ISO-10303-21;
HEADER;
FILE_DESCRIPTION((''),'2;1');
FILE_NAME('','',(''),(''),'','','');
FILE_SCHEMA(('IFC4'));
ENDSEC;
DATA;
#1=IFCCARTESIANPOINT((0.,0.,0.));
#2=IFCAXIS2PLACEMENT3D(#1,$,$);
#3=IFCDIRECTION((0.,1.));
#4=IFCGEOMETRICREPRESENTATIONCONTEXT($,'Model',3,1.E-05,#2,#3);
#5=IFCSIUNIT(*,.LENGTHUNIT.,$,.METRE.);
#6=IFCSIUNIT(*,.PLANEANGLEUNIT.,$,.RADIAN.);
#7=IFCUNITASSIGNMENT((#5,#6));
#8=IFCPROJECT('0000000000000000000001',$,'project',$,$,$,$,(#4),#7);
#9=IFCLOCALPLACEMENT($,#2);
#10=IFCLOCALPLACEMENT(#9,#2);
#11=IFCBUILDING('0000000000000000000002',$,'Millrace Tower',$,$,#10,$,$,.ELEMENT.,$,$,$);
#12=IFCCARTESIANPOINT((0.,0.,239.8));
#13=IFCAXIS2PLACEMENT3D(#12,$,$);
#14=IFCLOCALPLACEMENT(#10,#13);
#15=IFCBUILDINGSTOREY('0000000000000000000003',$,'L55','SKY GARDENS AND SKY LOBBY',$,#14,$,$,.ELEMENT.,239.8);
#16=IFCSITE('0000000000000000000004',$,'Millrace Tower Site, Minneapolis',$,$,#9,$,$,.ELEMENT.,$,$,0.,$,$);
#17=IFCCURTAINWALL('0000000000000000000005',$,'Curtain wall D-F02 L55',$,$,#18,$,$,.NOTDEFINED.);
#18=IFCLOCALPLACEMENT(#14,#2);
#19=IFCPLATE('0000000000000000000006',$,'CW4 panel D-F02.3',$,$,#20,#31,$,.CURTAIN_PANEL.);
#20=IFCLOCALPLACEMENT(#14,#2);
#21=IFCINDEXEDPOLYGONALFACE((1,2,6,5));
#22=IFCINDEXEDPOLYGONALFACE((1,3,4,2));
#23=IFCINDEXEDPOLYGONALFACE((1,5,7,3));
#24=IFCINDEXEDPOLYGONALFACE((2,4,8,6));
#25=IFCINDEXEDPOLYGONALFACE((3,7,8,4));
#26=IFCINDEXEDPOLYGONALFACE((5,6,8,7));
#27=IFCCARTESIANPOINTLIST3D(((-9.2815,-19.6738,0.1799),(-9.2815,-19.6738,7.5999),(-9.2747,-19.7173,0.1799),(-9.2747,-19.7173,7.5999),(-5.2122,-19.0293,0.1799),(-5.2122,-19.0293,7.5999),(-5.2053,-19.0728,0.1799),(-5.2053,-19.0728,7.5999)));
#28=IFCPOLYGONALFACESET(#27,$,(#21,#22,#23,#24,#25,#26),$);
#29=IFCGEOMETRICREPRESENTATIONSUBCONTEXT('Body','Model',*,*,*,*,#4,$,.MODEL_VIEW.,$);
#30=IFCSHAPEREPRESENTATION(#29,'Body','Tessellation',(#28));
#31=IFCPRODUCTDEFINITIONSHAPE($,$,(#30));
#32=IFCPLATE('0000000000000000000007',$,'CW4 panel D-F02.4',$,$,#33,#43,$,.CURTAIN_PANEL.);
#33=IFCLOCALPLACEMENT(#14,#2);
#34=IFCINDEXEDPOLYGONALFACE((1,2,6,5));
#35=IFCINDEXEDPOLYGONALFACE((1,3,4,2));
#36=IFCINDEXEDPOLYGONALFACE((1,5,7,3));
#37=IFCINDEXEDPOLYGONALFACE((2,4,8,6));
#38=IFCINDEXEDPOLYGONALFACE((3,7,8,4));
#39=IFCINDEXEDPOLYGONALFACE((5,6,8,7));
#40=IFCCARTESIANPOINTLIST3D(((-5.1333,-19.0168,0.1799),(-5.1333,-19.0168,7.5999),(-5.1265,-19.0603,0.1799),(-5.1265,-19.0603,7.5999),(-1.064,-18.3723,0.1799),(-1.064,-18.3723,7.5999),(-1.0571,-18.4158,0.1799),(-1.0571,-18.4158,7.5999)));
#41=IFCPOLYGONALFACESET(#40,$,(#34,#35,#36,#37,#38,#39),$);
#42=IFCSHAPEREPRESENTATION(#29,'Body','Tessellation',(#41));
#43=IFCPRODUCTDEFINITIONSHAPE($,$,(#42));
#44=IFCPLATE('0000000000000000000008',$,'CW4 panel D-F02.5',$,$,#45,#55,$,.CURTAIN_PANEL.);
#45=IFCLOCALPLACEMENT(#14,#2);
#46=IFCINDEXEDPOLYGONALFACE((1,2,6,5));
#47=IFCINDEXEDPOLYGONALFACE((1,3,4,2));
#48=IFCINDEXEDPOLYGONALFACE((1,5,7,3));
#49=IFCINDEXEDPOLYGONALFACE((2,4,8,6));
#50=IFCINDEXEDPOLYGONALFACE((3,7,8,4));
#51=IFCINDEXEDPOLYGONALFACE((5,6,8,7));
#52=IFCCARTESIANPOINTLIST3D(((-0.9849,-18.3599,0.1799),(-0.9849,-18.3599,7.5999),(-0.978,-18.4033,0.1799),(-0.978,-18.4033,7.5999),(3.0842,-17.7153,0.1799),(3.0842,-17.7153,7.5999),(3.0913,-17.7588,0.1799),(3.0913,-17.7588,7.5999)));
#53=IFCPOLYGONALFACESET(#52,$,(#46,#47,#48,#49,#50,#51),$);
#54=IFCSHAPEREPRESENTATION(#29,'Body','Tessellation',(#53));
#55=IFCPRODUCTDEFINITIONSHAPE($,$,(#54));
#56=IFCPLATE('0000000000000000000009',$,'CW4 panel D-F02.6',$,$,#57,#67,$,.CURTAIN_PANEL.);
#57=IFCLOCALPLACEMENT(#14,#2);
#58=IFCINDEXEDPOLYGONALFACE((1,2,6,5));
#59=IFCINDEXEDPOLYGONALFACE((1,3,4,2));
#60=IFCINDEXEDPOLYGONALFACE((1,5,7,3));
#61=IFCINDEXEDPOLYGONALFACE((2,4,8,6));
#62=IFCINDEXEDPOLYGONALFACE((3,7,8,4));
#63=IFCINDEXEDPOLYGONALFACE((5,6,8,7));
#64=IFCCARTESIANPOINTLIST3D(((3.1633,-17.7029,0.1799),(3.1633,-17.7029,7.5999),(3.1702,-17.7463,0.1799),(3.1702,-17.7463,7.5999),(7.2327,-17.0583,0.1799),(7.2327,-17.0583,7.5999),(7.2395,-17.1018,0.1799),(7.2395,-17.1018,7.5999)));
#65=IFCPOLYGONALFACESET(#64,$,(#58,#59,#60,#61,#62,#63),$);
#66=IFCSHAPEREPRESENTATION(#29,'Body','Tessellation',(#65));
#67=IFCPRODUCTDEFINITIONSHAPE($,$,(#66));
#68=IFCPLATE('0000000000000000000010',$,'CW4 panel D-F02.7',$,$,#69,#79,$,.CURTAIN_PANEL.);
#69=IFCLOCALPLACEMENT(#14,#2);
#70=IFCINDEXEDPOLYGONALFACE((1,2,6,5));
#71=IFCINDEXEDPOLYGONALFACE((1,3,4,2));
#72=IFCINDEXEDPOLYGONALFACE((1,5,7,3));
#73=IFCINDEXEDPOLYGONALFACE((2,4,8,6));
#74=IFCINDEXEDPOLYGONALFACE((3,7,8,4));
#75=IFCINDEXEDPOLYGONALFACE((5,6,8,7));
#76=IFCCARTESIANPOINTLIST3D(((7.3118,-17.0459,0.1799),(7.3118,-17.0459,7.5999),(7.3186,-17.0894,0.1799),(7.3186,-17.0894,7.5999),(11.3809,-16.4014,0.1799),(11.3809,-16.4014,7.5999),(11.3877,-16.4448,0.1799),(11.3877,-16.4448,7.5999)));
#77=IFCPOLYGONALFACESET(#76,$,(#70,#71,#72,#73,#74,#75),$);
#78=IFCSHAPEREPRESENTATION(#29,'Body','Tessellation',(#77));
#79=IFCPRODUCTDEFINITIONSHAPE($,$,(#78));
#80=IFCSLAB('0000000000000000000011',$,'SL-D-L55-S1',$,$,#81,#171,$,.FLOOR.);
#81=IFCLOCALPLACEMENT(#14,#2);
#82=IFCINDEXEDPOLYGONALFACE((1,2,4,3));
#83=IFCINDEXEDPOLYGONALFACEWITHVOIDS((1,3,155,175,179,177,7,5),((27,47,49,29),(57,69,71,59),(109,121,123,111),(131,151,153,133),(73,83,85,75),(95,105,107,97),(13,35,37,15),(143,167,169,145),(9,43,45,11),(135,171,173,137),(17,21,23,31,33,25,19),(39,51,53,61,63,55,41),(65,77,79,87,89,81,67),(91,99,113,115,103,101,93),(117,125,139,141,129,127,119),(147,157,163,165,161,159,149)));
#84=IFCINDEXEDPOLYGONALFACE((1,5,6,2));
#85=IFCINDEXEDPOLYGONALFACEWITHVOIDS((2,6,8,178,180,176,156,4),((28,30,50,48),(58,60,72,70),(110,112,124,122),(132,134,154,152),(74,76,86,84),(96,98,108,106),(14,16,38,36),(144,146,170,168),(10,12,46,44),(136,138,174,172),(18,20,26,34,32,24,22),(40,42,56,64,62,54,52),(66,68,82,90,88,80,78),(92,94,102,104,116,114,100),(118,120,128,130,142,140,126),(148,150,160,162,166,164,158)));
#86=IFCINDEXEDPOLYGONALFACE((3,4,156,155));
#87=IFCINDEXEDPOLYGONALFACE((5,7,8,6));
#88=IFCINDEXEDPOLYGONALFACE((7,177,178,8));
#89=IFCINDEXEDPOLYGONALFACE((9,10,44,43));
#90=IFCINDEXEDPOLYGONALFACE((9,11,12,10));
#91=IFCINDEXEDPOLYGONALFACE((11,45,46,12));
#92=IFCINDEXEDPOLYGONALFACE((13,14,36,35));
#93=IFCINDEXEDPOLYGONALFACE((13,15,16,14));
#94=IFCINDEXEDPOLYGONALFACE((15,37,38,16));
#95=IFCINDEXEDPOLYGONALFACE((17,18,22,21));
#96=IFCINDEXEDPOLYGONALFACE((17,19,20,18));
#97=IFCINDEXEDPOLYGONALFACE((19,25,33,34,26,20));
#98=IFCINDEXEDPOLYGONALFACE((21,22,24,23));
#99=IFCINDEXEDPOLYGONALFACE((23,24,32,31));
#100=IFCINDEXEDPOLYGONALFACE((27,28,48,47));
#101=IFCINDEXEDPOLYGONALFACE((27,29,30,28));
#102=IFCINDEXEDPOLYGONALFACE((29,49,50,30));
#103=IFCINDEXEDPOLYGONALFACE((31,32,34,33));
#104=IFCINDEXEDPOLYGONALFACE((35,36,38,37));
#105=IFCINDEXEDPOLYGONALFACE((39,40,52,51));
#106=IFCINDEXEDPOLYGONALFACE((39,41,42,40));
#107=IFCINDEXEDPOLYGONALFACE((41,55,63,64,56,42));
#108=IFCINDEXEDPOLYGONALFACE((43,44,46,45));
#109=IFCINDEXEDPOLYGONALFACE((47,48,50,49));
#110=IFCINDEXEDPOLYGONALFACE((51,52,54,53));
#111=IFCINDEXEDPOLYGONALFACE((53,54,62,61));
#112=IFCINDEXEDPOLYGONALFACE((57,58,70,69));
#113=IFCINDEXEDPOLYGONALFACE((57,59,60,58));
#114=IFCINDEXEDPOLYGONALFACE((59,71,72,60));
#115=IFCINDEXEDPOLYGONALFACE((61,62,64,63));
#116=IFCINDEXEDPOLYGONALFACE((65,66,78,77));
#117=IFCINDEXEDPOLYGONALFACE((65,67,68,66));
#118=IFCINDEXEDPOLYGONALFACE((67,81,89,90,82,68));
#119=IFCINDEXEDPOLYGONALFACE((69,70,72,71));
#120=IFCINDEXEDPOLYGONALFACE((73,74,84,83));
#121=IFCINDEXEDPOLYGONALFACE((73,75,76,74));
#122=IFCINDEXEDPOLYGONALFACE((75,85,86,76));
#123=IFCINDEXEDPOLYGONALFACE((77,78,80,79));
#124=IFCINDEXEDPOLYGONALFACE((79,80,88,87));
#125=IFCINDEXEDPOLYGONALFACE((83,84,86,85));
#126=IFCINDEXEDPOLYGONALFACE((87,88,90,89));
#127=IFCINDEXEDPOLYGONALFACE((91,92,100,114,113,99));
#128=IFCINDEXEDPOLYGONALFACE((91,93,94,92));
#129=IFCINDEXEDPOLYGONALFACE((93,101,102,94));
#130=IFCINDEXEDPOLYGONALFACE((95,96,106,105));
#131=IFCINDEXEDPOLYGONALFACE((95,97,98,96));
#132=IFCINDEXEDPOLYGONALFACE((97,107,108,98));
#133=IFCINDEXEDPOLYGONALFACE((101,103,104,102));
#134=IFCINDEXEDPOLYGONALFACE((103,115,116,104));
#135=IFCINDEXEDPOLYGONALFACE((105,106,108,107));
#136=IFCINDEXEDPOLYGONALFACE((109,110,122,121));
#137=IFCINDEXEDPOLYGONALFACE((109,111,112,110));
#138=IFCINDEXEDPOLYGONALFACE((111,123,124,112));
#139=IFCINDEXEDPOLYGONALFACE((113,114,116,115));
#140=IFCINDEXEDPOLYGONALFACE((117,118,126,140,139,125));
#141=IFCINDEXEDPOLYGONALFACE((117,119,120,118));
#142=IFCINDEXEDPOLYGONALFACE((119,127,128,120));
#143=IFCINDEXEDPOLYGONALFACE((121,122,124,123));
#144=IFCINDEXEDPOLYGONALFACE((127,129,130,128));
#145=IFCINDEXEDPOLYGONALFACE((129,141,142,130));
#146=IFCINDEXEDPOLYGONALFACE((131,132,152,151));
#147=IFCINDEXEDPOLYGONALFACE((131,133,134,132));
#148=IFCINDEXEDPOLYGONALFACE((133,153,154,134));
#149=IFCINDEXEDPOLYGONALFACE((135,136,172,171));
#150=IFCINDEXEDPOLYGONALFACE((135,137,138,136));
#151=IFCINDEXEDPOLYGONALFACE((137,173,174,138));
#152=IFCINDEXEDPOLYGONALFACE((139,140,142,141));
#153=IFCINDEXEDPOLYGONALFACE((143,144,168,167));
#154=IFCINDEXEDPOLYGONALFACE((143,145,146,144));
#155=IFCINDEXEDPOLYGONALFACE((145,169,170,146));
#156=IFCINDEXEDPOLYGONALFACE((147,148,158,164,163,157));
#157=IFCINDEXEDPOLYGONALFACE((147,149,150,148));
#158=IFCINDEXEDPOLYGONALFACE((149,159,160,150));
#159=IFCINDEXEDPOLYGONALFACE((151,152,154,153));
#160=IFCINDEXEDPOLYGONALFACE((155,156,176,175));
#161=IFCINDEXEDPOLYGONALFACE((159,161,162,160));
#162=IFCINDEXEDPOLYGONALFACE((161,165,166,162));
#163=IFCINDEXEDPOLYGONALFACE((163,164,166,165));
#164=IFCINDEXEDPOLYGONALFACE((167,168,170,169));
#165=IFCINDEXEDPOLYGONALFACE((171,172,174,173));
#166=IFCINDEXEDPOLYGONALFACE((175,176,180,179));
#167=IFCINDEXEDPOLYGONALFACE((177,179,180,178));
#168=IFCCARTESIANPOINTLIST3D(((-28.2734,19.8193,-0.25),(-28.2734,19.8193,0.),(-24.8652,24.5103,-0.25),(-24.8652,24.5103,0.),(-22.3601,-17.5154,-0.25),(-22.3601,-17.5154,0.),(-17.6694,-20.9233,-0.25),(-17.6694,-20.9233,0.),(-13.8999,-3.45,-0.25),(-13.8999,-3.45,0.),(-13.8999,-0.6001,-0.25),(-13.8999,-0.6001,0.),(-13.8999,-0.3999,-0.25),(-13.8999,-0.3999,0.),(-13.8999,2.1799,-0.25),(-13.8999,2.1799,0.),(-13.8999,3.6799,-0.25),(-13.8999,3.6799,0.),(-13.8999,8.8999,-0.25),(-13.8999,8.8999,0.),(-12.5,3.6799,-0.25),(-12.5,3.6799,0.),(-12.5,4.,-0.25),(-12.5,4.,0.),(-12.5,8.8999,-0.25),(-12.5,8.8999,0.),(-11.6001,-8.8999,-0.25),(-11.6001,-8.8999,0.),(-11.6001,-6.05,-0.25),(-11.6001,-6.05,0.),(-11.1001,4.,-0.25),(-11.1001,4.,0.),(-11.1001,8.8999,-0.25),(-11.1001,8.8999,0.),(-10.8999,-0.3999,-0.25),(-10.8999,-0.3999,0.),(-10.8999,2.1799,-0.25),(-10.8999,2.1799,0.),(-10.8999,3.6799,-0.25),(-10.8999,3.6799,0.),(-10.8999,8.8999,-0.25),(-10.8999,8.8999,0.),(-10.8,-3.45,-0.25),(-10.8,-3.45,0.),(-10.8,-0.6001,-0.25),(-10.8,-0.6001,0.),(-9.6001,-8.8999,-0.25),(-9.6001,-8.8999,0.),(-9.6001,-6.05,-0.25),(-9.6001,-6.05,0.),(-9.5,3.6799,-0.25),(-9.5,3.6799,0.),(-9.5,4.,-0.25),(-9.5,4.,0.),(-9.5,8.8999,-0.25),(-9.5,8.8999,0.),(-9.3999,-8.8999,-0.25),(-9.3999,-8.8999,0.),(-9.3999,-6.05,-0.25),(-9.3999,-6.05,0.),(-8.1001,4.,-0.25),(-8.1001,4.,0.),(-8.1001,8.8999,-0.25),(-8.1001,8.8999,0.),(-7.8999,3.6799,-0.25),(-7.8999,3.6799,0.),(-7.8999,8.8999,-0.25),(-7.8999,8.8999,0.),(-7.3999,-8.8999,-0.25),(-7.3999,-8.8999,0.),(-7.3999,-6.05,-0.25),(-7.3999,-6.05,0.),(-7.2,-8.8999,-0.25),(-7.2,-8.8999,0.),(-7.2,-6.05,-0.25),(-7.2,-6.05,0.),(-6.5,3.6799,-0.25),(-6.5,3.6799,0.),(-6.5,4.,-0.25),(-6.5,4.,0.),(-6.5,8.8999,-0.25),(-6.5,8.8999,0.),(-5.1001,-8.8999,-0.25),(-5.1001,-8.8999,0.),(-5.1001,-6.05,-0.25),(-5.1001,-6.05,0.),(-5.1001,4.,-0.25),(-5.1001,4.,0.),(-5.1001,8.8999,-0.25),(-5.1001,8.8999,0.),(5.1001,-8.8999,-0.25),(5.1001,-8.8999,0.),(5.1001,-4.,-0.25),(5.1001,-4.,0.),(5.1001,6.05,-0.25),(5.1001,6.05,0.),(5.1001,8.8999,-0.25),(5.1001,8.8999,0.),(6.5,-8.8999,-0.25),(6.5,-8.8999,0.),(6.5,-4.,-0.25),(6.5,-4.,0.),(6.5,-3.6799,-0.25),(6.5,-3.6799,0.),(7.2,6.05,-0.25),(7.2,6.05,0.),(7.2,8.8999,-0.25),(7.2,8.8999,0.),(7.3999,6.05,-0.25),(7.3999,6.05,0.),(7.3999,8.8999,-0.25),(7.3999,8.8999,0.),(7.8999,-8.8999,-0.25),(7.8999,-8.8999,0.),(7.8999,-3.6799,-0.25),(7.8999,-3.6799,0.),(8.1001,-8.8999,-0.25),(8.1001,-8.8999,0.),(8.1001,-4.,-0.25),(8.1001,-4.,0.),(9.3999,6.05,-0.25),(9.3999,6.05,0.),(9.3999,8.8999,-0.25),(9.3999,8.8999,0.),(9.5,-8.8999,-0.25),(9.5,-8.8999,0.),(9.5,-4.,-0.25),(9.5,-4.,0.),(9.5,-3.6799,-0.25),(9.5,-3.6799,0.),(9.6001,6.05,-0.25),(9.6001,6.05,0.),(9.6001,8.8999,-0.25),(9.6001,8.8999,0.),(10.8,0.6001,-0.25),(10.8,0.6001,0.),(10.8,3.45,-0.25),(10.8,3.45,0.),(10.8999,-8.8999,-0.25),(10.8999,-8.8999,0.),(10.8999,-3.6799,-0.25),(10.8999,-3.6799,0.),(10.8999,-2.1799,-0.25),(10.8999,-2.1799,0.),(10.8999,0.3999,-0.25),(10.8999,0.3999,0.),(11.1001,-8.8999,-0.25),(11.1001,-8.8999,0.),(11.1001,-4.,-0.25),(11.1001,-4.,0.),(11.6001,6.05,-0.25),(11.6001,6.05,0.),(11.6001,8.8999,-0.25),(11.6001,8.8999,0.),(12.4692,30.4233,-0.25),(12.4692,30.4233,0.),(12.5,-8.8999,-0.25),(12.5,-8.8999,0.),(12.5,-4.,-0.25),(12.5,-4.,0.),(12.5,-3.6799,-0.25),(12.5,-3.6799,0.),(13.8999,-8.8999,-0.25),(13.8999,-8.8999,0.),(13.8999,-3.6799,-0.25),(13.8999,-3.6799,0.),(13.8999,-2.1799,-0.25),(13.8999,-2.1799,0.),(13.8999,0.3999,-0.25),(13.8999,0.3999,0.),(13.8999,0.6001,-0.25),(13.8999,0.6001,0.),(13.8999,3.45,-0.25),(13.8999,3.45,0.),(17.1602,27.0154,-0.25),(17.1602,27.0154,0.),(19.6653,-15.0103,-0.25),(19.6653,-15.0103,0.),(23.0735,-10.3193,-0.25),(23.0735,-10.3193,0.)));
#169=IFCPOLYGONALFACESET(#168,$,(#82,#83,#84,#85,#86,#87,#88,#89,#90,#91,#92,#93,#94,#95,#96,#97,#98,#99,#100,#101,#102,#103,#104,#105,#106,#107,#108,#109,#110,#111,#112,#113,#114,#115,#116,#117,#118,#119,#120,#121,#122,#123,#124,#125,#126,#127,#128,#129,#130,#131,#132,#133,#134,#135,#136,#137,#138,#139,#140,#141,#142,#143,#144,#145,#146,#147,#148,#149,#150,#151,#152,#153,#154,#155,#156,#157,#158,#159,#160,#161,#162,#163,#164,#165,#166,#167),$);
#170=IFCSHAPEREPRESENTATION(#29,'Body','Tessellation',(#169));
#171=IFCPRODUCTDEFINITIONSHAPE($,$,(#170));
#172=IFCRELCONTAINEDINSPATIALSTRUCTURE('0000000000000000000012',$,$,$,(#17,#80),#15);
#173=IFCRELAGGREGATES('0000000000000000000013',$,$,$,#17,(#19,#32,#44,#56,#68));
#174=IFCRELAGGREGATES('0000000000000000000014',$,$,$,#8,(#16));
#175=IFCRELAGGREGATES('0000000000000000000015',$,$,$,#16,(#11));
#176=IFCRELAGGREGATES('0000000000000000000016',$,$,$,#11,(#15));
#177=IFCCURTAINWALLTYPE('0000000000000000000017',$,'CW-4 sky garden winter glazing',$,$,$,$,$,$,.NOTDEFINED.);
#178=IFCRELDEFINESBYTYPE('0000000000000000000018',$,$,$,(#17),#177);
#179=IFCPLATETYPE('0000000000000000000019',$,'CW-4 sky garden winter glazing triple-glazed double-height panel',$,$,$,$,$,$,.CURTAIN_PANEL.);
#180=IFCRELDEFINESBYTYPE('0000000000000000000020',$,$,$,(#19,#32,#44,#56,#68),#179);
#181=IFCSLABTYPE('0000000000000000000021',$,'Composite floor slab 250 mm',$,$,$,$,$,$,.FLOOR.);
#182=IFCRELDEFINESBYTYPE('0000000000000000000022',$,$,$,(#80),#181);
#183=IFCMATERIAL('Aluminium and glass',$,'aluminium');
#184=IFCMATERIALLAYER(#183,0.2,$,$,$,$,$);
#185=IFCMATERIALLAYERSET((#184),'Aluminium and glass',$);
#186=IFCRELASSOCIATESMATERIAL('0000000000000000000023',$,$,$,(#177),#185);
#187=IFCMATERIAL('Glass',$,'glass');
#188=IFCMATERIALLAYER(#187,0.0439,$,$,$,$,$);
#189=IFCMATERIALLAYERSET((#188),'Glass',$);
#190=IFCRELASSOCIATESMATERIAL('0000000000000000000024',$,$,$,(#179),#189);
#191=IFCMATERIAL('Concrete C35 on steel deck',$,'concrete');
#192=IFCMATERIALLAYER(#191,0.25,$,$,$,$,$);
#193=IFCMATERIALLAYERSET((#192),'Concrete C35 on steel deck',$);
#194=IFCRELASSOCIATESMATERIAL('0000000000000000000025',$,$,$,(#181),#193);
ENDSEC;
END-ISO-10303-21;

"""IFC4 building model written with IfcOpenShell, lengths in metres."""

from ifc_helpers import new_model, si_unit, direction, frame, origin, place, context, subcontext, project, spatial, polyline, outline, extrude, material, layer, layer_set, type_object, element, aggregate, save


model = new_model("IFC4")

# Units and contexts
model_context = context("Model", 3, precision=1e-05, world=origin(), true_north=direction((0.0, 1.0)))
body_context = subcontext(model_context, "Body", "Model", "MODEL_VIEW")
ifc_project = project(units=[si_unit("LENGTHUNIT", "METRE"), si_unit("PLANEANGLEUNIT", "RADIAN")], contexts=[model_context])

# Site, building, storey
site_placement = place(None, origin())
site = spatial("IfcSite", under=ifc_project, at=site_placement, Name="Millrace Tower Site, Minneapolis", CompositionType="ELEMENT", RefElevation=0.0)
building_placement = place(site_placement, origin())
building = spatial("IfcBuilding", under=site, at=building_placement, Name="Millrace Tower", CompositionType="ELEMENT")
storey_placement = place(building_placement, frame((0.0, 0.0, 239.8)))
storey = spatial("IfcBuildingStorey", under=building, at=storey_placement, Name="L55", Description="SKY GARDENS AND SKY LOBBY", CompositionType="ELEMENT", Elevation=239.8)

# Curtain wall
ifc_material_1 = material(Name="Aluminium and glass", Category="aluminium")
ifc_layer_1 = layer(ifc_material_1, 0.2)
ifc_layer_set_1 = layer_set([ifc_layer_1], Name="Aluminium and glass")
curtain_wall_type = type_object("IfcCurtainWallType", Name="CW-4 sky garden winter glazing", PredefinedType="NOTDEFINED", material=ifc_layer_set_1)
placement_1 = place(storey_placement, origin())
curtain_wall_1 = element("IfcCurtainWall", 1, at=placement_1, inside=storey, type_object=curtain_wall_type, Name="Curtain wall D-F02 L55", PredefinedType="NOTDEFINED")

# Shared definitions
ifc_material_2 = material(Name="Glass", Category="glass")
ifc_layer_2 = layer(ifc_material_2, 0.0439)
ifc_layer_set_2 = layer_set([ifc_layer_2], Name="Glass")
plate_type = type_object("IfcPlateType", Name="CW-4 sky garden winter glazing triple-glazed double-height panel", PredefinedType="CURTAIN_PANEL", material=ifc_layer_set_2)
placement_2 = place(storey_placement, frame((0.0, 0.0, 0.1799)))

# Plates
plate_1 = element("IfcPlate", 2, at=placement_2, type_object=plate_type, Name="CW4 panel D-F02.3", PredefinedType="CURTAIN_PANEL", context=body_context, shape_type="SweptSolid", body=[
    extrude(outline(polyline([(-9.2747, -19.7173), (-5.2053, -19.0728), (-5.2122, -19.0293), (-9.2815, -19.6738), (-9.2747, -19.7173)])), origin(), (0.0, 0.0, 1.0), 7.4199),
])
plate_2 = element("IfcPlate", 3, at=placement_2, type_object=plate_type, Name="CW4 panel D-F02.4", PredefinedType="CURTAIN_PANEL", context=body_context, shape_type="SweptSolid", body=[
    extrude(outline(polyline([(-5.1265, -19.0603), (-1.0571, -18.4158), (-1.064, -18.3723), (-5.1333, -19.0168), (-5.1265, -19.0603)])), origin(), (0.0, 0.0, 1.0), 7.4199),
])
plate_3 = element("IfcPlate", 4, at=placement_2, type_object=plate_type, Name="CW4 panel D-F02.5", PredefinedType="CURTAIN_PANEL", context=body_context, shape_type="SweptSolid", body=[
    extrude(outline(polyline([(-0.978, -18.4033), (3.0913, -17.7588), (3.0842, -17.7153), (-0.9849, -18.3599), (-0.978, -18.4033)])), origin(), (0.0, 0.0, 1.0), 7.4199),
])
plate_4 = element("IfcPlate", 5, at=placement_2, type_object=plate_type, Name="CW4 panel D-F02.6", PredefinedType="CURTAIN_PANEL", context=body_context, shape_type="SweptSolid", body=[
    extrude(outline(polyline([(3.1702, -17.7463), (7.2395, -17.1018), (7.2327, -17.0583), (3.1633, -17.7029), (3.1702, -17.7463)])), origin(), (0.0, 0.0, 1.0), 7.4199),
])
plate_5 = element("IfcPlate", 6, at=placement_2, type_object=plate_type, Name="CW4 panel D-F02.7", PredefinedType="CURTAIN_PANEL", context=body_context, shape_type="SweptSolid", body=[
    extrude(outline(polyline([(7.3186, -17.0894), (11.3877, -16.4448), (11.3809, -16.4014), (7.3118, -17.0459), (7.3186, -17.0894)])), origin(), (0.0, 0.0, 1.0), 7.4199),
])
aggregate(curtain_wall_1, [plate_1, plate_2, plate_3, plate_4, plate_5])

# Slab
ifc_material_3 = material(Name="Concrete C35 on steel deck", Category="concrete")
ifc_layer_3 = layer(ifc_material_3, 0.25)
ifc_layer_set_3 = layer_set([ifc_layer_3], Name="Concrete C35 on steel deck")
slab_type = type_object("IfcSlabType", Name="Composite floor slab 250 mm", PredefinedType="FLOOR", material=ifc_layer_set_3)
slab_placement = place(storey_placement, frame((0.0, 0.0, -0.25)))
element("IfcSlab", 7, at=slab_placement, inside=storey, type_object=slab_type, Name="SL-D-L55-S1", PredefinedType="FLOOR", context=body_context, shape_type="SweptSolid", body=[
    extrude(outline(polyline([(-22.3601, -17.5154), (-17.6694, -20.9233), (19.6653, -15.0103), (23.0735, -10.3193), (17.1602, 27.0154), (12.4692, 30.4233), (-24.8652, 24.5103), (-28.2734, 19.8193), (-22.3601, -17.5154)]), holes=[polyline([(-11.6001, -8.8999), (-9.6001, -8.8999), (-9.6001, -6.05), (-11.6001, -6.05), (-11.6001, -8.8999)]), polyline([(-9.3999, -8.8999), (-7.3999, -8.8999), (-7.3999, -6.05), (-9.3999, -6.05), (-9.3999, -8.8999)]), polyline([(-7.2, -8.8999), (-5.1001, -8.8999), (-5.1001, -6.05), (-7.2, -6.05), (-7.2, -8.8999)]), polyline([(-13.8999, -3.45), (-10.8, -3.45), (-10.8, -0.6001), (-13.8999, -0.6001), (-13.8999, -3.45)]), polyline([(-13.8999, -0.3999), (-10.8999, -0.3999), (-10.8999, 2.1799), (-13.8999, 2.1799), (-13.8999, -0.3999)]), polyline([(-12.5, 3.6799), (-12.5, 4.0), (-11.1001, 4.0), (-11.1001, 8.8999), (-12.5, 8.8999), (-13.8999, 8.8999), (-13.8999, 3.6799), (-12.5, 3.6799)]), polyline([(-9.5, 3.6799), (-9.5, 4.0), (-8.1001, 4.0), (-8.1001, 8.8999), (-9.5, 8.8999), (-10.8999, 8.8999), (-10.8999, 3.6799), (-9.5, 3.6799)]), polyline([(-6.5, 3.6799), (-6.5, 4.0), (-5.1001, 4.0), (-5.1001, 8.8999), (-6.5, 8.8999), (-7.8999, 8.8999), (-7.8999, 3.6799), (-6.5, 3.6799)]), polyline([(9.6001, 6.05), (11.6001, 6.05), (11.6001, 8.8999), (9.6001, 8.8999), (9.6001, 6.05)]), polyline([(7.3999, 6.05), (9.3999, 6.05), (9.3999, 8.8999), (7.3999, 8.8999), (7.3999, 6.05)]), polyline([(5.1001, 6.05), (7.2, 6.05), (7.2, 8.8999), (5.1001, 8.8999), (5.1001, 6.05)]), polyline([(10.8, 0.6001), (13.8999, 0.6001), (13.8999, 3.45), (10.8, 3.45), (10.8, 0.6001)]), polyline([(10.8999, -2.1799), (13.8999, -2.1799), (13.8999, 0.3999), (10.8999, 0.3999), (10.8999, -2.1799)]), polyline([(11.1001, -8.8999), (12.5, -8.8999), (13.8999, -8.8999), (13.8999, -3.6799), (12.5, -3.6799), (12.5, -4.0), (11.1001, -4.0), (11.1001, -8.8999)]), polyline([(8.1001, -8.8999), (9.5, -8.8999), (10.8999, -8.8999), (10.8999, -3.6799), (9.5, -3.6799), (9.5, -4.0), (8.1001, -4.0), (8.1001, -8.8999)]), polyline([(5.1001, -8.8999), (6.5, -8.8999), (7.8999, -8.8999), (7.8999, -3.6799), (6.5, -3.6799), (6.5, -4.0), (5.1001, -4.0), (5.1001, -8.8999)])]), origin(), (0.0, 0.0, 1.0), 0.25),
])

save(model, "model.ifc")
